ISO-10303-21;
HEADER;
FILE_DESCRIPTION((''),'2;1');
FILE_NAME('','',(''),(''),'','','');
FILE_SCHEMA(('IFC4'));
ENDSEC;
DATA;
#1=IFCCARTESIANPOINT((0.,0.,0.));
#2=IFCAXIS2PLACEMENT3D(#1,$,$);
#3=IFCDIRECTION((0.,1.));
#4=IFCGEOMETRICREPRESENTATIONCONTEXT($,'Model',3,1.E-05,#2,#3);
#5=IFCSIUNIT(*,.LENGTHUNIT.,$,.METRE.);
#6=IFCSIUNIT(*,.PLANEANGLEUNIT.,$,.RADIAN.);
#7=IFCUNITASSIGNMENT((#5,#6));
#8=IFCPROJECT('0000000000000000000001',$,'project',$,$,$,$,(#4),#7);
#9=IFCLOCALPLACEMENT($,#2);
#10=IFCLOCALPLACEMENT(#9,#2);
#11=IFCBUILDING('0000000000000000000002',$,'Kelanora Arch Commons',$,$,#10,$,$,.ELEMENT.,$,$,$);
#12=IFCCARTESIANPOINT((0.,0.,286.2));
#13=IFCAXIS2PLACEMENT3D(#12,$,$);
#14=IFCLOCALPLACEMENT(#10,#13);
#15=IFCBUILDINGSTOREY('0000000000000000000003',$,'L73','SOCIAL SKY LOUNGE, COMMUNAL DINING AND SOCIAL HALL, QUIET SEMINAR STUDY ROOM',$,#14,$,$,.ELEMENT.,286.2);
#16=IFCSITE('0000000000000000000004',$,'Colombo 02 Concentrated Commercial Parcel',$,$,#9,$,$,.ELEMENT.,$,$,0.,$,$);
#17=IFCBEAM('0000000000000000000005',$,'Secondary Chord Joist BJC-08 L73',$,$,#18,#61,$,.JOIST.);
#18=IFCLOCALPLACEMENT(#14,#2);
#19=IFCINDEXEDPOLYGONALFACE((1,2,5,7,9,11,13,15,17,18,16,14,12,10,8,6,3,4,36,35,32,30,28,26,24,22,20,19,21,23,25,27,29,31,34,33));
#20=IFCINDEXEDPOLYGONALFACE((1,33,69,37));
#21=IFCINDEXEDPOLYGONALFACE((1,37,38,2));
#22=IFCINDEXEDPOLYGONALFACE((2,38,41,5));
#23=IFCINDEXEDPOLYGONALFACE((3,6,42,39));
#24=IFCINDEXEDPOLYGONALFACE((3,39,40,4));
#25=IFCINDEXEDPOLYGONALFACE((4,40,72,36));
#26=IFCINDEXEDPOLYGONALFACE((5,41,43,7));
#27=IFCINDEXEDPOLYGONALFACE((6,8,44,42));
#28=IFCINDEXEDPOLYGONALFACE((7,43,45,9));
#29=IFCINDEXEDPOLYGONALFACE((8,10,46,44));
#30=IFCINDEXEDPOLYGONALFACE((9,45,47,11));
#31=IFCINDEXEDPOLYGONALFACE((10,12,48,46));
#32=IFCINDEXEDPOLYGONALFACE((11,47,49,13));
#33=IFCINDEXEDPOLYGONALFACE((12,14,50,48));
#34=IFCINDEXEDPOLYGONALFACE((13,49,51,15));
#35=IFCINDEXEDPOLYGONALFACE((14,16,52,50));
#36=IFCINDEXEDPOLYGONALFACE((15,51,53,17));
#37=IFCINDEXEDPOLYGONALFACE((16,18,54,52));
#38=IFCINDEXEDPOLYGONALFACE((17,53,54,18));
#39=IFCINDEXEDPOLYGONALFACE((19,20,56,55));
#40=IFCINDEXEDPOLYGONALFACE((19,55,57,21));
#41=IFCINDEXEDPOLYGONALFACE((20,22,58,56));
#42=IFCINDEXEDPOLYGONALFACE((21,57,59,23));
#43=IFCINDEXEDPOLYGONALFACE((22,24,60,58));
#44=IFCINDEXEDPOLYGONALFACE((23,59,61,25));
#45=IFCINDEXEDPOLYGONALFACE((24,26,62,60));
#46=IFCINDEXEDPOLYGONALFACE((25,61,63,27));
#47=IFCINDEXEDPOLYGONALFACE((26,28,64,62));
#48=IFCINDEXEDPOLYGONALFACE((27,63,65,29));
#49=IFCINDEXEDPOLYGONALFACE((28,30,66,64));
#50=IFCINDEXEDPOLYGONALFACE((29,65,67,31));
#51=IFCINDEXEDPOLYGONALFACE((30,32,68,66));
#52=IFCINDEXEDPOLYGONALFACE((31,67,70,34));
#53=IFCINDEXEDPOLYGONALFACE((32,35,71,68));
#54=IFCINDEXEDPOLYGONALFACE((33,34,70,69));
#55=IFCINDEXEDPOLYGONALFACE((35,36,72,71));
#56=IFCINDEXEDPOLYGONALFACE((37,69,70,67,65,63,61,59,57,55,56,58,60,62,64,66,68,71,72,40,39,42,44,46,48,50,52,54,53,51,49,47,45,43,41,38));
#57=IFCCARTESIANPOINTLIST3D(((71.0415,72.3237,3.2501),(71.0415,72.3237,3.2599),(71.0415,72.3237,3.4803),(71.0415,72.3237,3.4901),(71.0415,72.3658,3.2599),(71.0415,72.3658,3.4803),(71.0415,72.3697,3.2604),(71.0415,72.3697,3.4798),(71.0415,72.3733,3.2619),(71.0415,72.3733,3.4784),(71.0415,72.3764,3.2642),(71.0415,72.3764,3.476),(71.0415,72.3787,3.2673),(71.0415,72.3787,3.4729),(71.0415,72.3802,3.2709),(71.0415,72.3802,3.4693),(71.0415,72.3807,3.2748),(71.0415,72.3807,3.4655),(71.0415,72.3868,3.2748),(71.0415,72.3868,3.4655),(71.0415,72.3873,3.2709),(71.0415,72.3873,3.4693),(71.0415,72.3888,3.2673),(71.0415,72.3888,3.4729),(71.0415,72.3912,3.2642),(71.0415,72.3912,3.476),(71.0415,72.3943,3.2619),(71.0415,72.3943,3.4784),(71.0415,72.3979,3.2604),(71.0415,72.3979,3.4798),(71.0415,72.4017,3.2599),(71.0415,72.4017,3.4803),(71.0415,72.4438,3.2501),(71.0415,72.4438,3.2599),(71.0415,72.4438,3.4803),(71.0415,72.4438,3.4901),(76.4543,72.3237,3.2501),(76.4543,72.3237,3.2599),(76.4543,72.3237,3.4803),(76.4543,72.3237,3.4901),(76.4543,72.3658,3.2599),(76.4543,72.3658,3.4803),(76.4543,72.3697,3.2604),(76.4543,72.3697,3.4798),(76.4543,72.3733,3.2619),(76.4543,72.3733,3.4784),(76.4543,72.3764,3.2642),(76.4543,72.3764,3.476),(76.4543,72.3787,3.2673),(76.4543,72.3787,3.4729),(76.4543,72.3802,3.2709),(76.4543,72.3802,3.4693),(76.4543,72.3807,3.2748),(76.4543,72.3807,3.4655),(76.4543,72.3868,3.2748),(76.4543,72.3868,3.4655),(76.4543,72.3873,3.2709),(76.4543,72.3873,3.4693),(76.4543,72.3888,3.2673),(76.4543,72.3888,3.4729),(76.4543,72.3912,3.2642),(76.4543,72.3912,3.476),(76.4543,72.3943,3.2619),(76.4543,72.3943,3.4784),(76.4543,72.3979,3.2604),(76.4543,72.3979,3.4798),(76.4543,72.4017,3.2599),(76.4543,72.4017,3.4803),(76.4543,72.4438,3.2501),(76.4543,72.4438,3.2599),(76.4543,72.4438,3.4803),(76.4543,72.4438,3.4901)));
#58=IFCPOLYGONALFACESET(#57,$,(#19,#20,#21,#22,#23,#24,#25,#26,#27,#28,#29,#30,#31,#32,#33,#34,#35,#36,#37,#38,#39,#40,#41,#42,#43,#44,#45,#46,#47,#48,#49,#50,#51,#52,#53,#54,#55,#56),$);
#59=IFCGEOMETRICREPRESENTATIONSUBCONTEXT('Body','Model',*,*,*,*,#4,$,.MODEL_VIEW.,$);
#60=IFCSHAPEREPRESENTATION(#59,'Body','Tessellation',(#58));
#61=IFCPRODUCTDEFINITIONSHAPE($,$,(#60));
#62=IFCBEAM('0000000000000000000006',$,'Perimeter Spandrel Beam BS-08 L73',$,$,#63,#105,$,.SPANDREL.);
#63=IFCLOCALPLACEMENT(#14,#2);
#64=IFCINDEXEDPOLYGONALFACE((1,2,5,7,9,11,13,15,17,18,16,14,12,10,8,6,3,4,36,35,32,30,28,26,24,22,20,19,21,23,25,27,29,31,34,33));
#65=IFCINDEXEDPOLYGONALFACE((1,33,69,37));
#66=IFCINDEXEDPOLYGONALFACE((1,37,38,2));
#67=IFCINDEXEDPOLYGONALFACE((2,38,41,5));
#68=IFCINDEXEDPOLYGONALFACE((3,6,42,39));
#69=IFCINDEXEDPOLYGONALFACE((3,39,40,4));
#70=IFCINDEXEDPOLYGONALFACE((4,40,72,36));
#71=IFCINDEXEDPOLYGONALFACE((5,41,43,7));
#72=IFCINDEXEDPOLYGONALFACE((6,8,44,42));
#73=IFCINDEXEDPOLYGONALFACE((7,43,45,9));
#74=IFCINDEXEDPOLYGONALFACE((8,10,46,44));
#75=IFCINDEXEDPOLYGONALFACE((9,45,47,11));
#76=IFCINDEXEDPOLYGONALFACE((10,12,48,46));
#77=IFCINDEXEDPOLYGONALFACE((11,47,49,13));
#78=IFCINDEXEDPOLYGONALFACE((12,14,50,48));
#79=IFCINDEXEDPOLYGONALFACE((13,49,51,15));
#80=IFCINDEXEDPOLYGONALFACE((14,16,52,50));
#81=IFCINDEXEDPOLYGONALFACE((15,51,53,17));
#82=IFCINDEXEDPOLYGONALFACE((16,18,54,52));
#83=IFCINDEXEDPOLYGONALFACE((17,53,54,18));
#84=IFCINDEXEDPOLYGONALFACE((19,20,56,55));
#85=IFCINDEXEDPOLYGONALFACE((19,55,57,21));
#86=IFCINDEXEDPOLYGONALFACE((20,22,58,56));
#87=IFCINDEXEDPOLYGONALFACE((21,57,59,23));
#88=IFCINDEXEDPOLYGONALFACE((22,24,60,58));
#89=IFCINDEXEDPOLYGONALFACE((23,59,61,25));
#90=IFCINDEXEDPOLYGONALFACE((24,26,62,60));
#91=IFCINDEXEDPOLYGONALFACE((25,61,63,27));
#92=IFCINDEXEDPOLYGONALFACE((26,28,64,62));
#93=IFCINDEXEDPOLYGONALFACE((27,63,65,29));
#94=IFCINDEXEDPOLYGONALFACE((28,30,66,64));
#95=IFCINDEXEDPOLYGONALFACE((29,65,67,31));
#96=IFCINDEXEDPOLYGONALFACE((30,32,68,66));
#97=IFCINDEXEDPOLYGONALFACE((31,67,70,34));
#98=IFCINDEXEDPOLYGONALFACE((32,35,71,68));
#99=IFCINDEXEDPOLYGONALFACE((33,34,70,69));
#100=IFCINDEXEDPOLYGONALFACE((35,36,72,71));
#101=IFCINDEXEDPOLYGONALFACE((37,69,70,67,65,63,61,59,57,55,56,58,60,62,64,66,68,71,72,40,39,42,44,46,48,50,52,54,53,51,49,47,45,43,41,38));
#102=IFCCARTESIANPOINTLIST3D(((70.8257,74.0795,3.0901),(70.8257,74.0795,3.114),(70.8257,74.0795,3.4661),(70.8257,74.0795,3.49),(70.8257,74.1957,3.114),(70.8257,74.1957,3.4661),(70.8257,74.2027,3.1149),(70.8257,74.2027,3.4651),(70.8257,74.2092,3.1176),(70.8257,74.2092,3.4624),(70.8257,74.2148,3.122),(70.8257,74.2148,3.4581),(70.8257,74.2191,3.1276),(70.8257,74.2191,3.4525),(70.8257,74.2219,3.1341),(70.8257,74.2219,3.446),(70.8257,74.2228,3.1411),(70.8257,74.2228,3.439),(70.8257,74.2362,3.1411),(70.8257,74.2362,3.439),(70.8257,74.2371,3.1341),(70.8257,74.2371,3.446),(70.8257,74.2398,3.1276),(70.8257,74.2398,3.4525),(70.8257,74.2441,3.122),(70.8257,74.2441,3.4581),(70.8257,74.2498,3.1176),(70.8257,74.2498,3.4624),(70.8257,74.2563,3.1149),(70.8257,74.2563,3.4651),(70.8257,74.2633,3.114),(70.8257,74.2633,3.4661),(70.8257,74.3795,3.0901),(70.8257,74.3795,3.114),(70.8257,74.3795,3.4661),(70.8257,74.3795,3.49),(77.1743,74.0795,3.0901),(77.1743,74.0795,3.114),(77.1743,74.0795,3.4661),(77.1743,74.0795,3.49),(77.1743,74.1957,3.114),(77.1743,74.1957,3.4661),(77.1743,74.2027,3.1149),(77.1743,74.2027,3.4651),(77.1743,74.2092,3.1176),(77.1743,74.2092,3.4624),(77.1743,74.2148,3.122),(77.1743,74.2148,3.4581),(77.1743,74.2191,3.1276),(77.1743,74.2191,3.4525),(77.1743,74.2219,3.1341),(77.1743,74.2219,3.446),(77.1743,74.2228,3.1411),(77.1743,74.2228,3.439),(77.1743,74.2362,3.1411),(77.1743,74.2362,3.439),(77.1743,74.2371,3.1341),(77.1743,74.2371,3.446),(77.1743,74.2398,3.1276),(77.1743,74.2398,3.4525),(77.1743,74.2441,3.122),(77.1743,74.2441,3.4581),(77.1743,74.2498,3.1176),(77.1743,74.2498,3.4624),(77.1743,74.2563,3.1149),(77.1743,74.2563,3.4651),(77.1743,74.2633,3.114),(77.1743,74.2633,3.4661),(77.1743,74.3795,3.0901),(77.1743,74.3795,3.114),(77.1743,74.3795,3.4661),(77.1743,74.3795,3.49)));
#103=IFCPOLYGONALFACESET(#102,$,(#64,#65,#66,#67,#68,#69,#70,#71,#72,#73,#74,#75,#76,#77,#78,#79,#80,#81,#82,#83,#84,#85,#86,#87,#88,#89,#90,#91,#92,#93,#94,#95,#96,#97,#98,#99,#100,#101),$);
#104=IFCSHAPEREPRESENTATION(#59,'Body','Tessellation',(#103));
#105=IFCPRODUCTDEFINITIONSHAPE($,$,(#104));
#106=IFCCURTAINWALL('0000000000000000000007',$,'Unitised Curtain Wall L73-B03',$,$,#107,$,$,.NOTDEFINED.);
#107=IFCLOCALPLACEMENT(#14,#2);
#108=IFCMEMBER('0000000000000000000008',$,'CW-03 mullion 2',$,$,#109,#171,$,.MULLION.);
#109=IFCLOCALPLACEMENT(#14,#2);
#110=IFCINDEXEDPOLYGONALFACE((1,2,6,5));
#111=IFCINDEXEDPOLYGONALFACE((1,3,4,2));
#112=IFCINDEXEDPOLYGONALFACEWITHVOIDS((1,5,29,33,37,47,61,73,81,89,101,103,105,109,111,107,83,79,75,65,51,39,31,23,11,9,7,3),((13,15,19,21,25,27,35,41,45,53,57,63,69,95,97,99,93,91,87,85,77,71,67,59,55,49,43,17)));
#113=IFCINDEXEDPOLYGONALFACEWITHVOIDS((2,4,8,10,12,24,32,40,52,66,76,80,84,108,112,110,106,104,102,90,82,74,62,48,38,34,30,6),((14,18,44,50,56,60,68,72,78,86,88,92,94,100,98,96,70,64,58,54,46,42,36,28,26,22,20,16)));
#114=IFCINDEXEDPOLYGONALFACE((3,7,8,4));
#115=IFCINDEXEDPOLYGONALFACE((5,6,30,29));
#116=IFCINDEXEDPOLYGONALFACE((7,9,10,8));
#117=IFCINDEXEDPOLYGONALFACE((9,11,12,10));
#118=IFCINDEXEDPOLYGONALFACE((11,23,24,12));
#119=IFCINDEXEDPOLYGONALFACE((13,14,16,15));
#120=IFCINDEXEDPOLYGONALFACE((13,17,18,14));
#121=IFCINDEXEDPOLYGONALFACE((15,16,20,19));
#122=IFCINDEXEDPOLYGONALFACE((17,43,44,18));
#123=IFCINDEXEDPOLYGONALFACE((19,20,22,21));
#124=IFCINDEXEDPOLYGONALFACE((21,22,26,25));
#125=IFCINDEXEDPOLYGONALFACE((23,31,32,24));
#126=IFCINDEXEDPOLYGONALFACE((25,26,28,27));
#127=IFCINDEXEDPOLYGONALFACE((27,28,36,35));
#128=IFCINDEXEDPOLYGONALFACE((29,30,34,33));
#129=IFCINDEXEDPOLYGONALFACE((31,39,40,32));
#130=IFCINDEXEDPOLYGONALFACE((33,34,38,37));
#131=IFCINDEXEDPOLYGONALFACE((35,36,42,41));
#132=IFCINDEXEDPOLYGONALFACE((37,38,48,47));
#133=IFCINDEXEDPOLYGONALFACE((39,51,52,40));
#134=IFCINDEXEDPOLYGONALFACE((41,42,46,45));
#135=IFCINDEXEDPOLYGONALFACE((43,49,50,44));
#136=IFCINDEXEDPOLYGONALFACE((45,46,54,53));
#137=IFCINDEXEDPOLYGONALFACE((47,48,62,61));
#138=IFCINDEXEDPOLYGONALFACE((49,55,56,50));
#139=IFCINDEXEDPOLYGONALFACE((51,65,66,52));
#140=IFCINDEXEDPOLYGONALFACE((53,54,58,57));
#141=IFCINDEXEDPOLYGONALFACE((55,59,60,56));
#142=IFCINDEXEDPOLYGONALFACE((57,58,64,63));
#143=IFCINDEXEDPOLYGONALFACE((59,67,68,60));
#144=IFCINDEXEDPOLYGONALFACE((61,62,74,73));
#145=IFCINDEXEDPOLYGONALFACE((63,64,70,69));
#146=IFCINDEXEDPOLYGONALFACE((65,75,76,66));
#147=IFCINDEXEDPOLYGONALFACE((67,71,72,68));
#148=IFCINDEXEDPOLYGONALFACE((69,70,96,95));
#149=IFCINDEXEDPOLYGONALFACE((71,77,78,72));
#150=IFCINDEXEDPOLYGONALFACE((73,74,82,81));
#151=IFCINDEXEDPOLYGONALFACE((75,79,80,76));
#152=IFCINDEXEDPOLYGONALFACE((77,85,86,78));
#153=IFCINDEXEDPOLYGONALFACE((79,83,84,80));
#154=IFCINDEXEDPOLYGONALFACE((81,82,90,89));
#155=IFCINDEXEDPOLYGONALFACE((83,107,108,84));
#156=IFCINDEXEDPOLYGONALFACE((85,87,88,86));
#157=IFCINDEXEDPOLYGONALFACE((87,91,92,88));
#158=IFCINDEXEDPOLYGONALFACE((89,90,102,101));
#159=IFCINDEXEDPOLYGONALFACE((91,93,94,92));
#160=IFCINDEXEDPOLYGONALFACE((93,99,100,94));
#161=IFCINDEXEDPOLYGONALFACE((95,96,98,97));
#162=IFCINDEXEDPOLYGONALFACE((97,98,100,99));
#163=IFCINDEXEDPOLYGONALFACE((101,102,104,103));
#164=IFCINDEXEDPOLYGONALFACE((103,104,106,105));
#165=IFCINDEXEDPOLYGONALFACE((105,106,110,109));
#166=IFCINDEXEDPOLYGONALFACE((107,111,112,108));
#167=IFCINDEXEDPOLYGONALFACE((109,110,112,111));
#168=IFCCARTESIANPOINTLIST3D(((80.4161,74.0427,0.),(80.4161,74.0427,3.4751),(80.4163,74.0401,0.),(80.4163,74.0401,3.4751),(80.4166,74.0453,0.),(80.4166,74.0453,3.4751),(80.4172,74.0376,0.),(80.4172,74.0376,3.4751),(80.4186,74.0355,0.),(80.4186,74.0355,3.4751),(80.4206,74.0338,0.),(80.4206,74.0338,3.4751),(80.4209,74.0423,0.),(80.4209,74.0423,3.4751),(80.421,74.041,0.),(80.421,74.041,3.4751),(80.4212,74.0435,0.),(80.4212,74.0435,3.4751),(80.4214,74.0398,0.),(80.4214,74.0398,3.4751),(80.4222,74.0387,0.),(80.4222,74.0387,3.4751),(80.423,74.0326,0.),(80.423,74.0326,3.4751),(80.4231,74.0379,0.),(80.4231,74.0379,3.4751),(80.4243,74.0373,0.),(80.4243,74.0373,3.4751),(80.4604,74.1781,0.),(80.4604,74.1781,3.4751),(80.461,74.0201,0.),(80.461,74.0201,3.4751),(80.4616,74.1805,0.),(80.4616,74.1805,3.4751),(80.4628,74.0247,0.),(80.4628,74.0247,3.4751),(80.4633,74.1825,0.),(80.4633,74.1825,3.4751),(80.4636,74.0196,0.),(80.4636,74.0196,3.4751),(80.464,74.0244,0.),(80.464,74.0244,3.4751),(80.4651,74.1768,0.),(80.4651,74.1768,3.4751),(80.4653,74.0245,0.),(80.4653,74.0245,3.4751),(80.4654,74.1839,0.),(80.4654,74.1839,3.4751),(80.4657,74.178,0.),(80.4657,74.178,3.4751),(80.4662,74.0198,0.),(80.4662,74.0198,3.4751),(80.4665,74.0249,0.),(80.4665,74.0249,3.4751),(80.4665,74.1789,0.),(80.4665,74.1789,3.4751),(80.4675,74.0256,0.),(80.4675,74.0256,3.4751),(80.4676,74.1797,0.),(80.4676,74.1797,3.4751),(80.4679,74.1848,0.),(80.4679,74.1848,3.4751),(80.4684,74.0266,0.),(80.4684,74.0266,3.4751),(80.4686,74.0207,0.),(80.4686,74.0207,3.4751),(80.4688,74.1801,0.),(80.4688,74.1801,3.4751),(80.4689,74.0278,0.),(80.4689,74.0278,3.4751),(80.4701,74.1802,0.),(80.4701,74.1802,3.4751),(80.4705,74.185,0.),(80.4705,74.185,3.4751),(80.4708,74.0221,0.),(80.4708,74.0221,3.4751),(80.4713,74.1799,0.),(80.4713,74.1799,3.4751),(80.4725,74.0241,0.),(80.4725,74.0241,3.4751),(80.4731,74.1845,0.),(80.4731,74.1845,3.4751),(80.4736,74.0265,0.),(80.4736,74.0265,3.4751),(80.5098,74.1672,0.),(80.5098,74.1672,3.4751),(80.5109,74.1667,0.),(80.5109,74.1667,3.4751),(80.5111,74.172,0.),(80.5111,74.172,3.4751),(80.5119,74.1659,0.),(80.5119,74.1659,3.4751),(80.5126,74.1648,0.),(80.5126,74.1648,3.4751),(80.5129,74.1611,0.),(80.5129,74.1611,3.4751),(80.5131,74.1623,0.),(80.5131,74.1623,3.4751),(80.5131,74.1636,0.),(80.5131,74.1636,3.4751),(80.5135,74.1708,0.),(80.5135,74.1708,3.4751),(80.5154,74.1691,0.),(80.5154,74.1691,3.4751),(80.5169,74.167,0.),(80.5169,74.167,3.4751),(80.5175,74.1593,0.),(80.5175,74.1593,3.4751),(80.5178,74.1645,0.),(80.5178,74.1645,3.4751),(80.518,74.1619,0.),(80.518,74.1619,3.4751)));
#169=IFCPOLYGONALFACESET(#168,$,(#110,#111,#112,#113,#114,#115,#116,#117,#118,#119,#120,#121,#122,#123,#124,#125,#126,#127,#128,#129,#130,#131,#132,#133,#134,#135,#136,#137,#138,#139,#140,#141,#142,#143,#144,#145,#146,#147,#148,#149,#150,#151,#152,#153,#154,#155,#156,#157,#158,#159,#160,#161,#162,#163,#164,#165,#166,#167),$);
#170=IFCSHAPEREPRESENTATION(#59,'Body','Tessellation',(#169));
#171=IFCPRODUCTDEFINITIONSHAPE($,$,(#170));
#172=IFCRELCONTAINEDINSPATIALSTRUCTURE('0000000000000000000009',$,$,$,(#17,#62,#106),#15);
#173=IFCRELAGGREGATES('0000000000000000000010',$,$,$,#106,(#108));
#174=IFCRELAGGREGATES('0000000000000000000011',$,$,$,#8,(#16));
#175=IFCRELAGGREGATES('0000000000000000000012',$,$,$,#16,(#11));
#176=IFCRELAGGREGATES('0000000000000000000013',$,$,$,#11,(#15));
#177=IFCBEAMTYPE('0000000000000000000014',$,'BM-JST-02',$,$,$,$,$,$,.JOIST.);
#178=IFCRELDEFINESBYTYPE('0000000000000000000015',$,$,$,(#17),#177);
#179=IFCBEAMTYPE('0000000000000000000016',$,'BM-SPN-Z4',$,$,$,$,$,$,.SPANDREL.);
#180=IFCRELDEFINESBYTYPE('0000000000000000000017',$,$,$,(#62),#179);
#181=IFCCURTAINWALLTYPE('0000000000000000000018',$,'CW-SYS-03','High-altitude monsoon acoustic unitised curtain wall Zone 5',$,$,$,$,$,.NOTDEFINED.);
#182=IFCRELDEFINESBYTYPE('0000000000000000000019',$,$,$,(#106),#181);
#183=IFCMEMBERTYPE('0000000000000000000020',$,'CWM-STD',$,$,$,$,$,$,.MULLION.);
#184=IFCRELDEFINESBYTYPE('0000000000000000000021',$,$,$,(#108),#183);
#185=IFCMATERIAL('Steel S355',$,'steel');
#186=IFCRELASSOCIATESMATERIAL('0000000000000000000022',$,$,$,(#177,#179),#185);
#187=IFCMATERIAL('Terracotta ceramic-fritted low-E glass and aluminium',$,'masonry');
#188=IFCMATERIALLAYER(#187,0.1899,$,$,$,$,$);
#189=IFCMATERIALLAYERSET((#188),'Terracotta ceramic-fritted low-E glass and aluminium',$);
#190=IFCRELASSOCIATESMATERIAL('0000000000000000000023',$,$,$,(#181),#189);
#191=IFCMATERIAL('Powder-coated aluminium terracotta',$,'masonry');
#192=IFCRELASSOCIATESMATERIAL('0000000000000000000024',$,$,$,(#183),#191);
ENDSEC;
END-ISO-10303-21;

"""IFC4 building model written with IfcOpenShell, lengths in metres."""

from ifc_helpers import new_model, si_unit, direction, frame, origin, origin_2d, place, context, subcontext, project, spatial, hollow_rectangle, i_section, extrude, material, layer, layer_set, material_profile, profile_set, type_object, element, aggregate, save


model = new_model("IFC4")

# Units and contexts
model_context = context("Model", 3, precision=1e-05, world=origin(), true_north=direction((0.0, 1.0)))
body_context = subcontext(model_context, "Body", "Model", "MODEL_VIEW")
ifc_project = project(units=[si_unit("LENGTHUNIT", "METRE"), si_unit("PLANEANGLEUNIT", "RADIAN")], contexts=[model_context])

# Site, building, storey
site_placement = place(None, origin())
site = spatial("IfcSite", under=ifc_project, at=site_placement, Name="Colombo 02 Concentrated Commercial Parcel", CompositionType="ELEMENT", RefElevation=0.0)
building_placement = place(site_placement, origin())
building = spatial("IfcBuilding", under=site, at=building_placement, Name="Kelanora Arch Commons", CompositionType="ELEMENT")
storey_placement = place(building_placement, frame((0.0, 0.0, 286.2)))
storey = spatial("IfcBuildingStorey", under=building, at=storey_placement, Name="L73", Description="SOCIAL SKY LOUNGE, COMMUNAL DINING AND SOCIAL HALL, QUIET SEMINAR STUDY ROOM", CompositionType="ELEMENT", Elevation=286.2)

# Beams
ifc_material_1 = material(Name="Steel S355", Category="steel")
ifc_material_profile_1 = material_profile(ifc_material_1, i_section(OverallWidth=0.1201, OverallDepth=0.24, WebThickness=0.0061, FlangeThickness=0.0098, FilletRadius=0.0149, at=origin_2d()), Name="IPE240")
ifc_profile_set_1 = profile_set([ifc_material_profile_1], Name="Steel S355")
beam_type_1 = type_object("IfcBeamType", Name="BM-JST-02", PredefinedType="JOIST", material=ifc_profile_set_1)
beam_1_placement = place(storey_placement, frame((76.4543, 72.3838, 3.3701), z_axis=(-1.0, 0.0, 0.0), x_axis=(0.0, -1.0, 0.0)))
element("IfcBeam", 1, at=beam_1_placement, inside=storey, type_object=beam_type_1, Name="Secondary Chord Joist BJC-08 L73", PredefinedType="JOIST", context=body_context, shape_type="SweptSolid", body=[
    extrude(i_section(OverallWidth=0.1201, OverallDepth=0.24, WebThickness=0.0061, FlangeThickness=0.0098, FilletRadius=0.0149, at=origin_2d()), origin(), (0.0, 0.0, 1.0), 5.4128),
])
ifc_material_profile_2 = material_profile(ifc_material_1, i_section(OverallWidth=0.3, OverallDepth=0.3999, WebThickness=0.0134, FlangeThickness=0.0239, FilletRadius=0.0271, at=origin_2d()), Name="HEB400")
ifc_profile_set_2 = profile_set([ifc_material_profile_2], Name="Steel S355")
beam_type_2 = type_object("IfcBeamType", Name="BM-SPN-Z4", PredefinedType="SPANDREL", material=ifc_profile_set_2)
beam_2_placement = place(storey_placement, frame((77.1743, 74.2295, 3.29), z_axis=(-1.0, 0.0, 0.0), x_axis=(0.0, -1.0, 0.0)))
element("IfcBeam", 2, at=beam_2_placement, inside=storey, type_object=beam_type_2, Name="Perimeter Spandrel Beam BS-08 L73", PredefinedType="SPANDREL", context=body_context, shape_type="SweptSolid", body=[
    extrude(i_section(OverallWidth=0.3, OverallDepth=0.3999, WebThickness=0.0134, FlangeThickness=0.0239, FilletRadius=0.0271, at=origin_2d()), origin(), (0.0, 0.0, 1.0), 6.3486),
])

# Curtain wall, member
ifc_material_2 = material(Name="Terracotta ceramic-fritted low-E glass and aluminium", Category="masonry")
ifc_layer_1 = layer(ifc_material_2, 0.1899)
ifc_layer_set_1 = layer_set([ifc_layer_1], Name="Terracotta ceramic-fritted low-E glass and aluminium")
curtain_wall_type = type_object("IfcCurtainWallType", Name="CW-SYS-03", Description="High-altitude monsoon acoustic unitised curtain wall Zone 5", PredefinedType="NOTDEFINED", material=ifc_layer_set_1)
curtain_wall_placement = place(storey_placement, origin())
curtain_wall = element("IfcCurtainWall", 3, at=curtain_wall_placement, inside=storey, type_object=curtain_wall_type, Name="Unitised Curtain Wall L73-B03", PredefinedType="NOTDEFINED")
ifc_material_3 = material(Name="Powder-coated aluminium terracotta", Category="masonry")
ifc_material_profile_3 = material_profile(ifc_material_3, hollow_rectangle(XDim=0.1599, YDim=0.0601, WallThickness=0.0049, InnerFilletRadius=0.0049, OuterFilletRadius=0.01, at=origin_2d()), Name="CWM160x60")
ifc_profile_set_3 = profile_set([ifc_material_profile_3], Name="Powder-coated aluminium terracotta")
member_type_1 = type_object("IfcMemberType", Name="CWM-STD", PredefinedType="MULLION", material=ifc_profile_set_3)
member_1_placement = place(storey_placement, frame((80.467, 74.1023, 0.0), z_axis=(0.0, 0.0, 1.0), x_axis=(-0.313253, -0.94967, 0.0)))
member_1 = element("IfcMember", 4, at=member_1_placement, type_object=member_type_1, Name="CW-03 mullion 2", PredefinedType="MULLION", context=body_context, shape_type="SweptSolid", body=[
    extrude(hollow_rectangle(XDim=0.1599, YDim=0.0601, WallThickness=0.0049, InnerFilletRadius=0.0049, OuterFilletRadius=0.01, at=origin_2d()), origin(), (0.0, 0.0, 1.0), 3.4751),
])
aggregate(curtain_wall, [member_1])

save(model, "model.ifc")
